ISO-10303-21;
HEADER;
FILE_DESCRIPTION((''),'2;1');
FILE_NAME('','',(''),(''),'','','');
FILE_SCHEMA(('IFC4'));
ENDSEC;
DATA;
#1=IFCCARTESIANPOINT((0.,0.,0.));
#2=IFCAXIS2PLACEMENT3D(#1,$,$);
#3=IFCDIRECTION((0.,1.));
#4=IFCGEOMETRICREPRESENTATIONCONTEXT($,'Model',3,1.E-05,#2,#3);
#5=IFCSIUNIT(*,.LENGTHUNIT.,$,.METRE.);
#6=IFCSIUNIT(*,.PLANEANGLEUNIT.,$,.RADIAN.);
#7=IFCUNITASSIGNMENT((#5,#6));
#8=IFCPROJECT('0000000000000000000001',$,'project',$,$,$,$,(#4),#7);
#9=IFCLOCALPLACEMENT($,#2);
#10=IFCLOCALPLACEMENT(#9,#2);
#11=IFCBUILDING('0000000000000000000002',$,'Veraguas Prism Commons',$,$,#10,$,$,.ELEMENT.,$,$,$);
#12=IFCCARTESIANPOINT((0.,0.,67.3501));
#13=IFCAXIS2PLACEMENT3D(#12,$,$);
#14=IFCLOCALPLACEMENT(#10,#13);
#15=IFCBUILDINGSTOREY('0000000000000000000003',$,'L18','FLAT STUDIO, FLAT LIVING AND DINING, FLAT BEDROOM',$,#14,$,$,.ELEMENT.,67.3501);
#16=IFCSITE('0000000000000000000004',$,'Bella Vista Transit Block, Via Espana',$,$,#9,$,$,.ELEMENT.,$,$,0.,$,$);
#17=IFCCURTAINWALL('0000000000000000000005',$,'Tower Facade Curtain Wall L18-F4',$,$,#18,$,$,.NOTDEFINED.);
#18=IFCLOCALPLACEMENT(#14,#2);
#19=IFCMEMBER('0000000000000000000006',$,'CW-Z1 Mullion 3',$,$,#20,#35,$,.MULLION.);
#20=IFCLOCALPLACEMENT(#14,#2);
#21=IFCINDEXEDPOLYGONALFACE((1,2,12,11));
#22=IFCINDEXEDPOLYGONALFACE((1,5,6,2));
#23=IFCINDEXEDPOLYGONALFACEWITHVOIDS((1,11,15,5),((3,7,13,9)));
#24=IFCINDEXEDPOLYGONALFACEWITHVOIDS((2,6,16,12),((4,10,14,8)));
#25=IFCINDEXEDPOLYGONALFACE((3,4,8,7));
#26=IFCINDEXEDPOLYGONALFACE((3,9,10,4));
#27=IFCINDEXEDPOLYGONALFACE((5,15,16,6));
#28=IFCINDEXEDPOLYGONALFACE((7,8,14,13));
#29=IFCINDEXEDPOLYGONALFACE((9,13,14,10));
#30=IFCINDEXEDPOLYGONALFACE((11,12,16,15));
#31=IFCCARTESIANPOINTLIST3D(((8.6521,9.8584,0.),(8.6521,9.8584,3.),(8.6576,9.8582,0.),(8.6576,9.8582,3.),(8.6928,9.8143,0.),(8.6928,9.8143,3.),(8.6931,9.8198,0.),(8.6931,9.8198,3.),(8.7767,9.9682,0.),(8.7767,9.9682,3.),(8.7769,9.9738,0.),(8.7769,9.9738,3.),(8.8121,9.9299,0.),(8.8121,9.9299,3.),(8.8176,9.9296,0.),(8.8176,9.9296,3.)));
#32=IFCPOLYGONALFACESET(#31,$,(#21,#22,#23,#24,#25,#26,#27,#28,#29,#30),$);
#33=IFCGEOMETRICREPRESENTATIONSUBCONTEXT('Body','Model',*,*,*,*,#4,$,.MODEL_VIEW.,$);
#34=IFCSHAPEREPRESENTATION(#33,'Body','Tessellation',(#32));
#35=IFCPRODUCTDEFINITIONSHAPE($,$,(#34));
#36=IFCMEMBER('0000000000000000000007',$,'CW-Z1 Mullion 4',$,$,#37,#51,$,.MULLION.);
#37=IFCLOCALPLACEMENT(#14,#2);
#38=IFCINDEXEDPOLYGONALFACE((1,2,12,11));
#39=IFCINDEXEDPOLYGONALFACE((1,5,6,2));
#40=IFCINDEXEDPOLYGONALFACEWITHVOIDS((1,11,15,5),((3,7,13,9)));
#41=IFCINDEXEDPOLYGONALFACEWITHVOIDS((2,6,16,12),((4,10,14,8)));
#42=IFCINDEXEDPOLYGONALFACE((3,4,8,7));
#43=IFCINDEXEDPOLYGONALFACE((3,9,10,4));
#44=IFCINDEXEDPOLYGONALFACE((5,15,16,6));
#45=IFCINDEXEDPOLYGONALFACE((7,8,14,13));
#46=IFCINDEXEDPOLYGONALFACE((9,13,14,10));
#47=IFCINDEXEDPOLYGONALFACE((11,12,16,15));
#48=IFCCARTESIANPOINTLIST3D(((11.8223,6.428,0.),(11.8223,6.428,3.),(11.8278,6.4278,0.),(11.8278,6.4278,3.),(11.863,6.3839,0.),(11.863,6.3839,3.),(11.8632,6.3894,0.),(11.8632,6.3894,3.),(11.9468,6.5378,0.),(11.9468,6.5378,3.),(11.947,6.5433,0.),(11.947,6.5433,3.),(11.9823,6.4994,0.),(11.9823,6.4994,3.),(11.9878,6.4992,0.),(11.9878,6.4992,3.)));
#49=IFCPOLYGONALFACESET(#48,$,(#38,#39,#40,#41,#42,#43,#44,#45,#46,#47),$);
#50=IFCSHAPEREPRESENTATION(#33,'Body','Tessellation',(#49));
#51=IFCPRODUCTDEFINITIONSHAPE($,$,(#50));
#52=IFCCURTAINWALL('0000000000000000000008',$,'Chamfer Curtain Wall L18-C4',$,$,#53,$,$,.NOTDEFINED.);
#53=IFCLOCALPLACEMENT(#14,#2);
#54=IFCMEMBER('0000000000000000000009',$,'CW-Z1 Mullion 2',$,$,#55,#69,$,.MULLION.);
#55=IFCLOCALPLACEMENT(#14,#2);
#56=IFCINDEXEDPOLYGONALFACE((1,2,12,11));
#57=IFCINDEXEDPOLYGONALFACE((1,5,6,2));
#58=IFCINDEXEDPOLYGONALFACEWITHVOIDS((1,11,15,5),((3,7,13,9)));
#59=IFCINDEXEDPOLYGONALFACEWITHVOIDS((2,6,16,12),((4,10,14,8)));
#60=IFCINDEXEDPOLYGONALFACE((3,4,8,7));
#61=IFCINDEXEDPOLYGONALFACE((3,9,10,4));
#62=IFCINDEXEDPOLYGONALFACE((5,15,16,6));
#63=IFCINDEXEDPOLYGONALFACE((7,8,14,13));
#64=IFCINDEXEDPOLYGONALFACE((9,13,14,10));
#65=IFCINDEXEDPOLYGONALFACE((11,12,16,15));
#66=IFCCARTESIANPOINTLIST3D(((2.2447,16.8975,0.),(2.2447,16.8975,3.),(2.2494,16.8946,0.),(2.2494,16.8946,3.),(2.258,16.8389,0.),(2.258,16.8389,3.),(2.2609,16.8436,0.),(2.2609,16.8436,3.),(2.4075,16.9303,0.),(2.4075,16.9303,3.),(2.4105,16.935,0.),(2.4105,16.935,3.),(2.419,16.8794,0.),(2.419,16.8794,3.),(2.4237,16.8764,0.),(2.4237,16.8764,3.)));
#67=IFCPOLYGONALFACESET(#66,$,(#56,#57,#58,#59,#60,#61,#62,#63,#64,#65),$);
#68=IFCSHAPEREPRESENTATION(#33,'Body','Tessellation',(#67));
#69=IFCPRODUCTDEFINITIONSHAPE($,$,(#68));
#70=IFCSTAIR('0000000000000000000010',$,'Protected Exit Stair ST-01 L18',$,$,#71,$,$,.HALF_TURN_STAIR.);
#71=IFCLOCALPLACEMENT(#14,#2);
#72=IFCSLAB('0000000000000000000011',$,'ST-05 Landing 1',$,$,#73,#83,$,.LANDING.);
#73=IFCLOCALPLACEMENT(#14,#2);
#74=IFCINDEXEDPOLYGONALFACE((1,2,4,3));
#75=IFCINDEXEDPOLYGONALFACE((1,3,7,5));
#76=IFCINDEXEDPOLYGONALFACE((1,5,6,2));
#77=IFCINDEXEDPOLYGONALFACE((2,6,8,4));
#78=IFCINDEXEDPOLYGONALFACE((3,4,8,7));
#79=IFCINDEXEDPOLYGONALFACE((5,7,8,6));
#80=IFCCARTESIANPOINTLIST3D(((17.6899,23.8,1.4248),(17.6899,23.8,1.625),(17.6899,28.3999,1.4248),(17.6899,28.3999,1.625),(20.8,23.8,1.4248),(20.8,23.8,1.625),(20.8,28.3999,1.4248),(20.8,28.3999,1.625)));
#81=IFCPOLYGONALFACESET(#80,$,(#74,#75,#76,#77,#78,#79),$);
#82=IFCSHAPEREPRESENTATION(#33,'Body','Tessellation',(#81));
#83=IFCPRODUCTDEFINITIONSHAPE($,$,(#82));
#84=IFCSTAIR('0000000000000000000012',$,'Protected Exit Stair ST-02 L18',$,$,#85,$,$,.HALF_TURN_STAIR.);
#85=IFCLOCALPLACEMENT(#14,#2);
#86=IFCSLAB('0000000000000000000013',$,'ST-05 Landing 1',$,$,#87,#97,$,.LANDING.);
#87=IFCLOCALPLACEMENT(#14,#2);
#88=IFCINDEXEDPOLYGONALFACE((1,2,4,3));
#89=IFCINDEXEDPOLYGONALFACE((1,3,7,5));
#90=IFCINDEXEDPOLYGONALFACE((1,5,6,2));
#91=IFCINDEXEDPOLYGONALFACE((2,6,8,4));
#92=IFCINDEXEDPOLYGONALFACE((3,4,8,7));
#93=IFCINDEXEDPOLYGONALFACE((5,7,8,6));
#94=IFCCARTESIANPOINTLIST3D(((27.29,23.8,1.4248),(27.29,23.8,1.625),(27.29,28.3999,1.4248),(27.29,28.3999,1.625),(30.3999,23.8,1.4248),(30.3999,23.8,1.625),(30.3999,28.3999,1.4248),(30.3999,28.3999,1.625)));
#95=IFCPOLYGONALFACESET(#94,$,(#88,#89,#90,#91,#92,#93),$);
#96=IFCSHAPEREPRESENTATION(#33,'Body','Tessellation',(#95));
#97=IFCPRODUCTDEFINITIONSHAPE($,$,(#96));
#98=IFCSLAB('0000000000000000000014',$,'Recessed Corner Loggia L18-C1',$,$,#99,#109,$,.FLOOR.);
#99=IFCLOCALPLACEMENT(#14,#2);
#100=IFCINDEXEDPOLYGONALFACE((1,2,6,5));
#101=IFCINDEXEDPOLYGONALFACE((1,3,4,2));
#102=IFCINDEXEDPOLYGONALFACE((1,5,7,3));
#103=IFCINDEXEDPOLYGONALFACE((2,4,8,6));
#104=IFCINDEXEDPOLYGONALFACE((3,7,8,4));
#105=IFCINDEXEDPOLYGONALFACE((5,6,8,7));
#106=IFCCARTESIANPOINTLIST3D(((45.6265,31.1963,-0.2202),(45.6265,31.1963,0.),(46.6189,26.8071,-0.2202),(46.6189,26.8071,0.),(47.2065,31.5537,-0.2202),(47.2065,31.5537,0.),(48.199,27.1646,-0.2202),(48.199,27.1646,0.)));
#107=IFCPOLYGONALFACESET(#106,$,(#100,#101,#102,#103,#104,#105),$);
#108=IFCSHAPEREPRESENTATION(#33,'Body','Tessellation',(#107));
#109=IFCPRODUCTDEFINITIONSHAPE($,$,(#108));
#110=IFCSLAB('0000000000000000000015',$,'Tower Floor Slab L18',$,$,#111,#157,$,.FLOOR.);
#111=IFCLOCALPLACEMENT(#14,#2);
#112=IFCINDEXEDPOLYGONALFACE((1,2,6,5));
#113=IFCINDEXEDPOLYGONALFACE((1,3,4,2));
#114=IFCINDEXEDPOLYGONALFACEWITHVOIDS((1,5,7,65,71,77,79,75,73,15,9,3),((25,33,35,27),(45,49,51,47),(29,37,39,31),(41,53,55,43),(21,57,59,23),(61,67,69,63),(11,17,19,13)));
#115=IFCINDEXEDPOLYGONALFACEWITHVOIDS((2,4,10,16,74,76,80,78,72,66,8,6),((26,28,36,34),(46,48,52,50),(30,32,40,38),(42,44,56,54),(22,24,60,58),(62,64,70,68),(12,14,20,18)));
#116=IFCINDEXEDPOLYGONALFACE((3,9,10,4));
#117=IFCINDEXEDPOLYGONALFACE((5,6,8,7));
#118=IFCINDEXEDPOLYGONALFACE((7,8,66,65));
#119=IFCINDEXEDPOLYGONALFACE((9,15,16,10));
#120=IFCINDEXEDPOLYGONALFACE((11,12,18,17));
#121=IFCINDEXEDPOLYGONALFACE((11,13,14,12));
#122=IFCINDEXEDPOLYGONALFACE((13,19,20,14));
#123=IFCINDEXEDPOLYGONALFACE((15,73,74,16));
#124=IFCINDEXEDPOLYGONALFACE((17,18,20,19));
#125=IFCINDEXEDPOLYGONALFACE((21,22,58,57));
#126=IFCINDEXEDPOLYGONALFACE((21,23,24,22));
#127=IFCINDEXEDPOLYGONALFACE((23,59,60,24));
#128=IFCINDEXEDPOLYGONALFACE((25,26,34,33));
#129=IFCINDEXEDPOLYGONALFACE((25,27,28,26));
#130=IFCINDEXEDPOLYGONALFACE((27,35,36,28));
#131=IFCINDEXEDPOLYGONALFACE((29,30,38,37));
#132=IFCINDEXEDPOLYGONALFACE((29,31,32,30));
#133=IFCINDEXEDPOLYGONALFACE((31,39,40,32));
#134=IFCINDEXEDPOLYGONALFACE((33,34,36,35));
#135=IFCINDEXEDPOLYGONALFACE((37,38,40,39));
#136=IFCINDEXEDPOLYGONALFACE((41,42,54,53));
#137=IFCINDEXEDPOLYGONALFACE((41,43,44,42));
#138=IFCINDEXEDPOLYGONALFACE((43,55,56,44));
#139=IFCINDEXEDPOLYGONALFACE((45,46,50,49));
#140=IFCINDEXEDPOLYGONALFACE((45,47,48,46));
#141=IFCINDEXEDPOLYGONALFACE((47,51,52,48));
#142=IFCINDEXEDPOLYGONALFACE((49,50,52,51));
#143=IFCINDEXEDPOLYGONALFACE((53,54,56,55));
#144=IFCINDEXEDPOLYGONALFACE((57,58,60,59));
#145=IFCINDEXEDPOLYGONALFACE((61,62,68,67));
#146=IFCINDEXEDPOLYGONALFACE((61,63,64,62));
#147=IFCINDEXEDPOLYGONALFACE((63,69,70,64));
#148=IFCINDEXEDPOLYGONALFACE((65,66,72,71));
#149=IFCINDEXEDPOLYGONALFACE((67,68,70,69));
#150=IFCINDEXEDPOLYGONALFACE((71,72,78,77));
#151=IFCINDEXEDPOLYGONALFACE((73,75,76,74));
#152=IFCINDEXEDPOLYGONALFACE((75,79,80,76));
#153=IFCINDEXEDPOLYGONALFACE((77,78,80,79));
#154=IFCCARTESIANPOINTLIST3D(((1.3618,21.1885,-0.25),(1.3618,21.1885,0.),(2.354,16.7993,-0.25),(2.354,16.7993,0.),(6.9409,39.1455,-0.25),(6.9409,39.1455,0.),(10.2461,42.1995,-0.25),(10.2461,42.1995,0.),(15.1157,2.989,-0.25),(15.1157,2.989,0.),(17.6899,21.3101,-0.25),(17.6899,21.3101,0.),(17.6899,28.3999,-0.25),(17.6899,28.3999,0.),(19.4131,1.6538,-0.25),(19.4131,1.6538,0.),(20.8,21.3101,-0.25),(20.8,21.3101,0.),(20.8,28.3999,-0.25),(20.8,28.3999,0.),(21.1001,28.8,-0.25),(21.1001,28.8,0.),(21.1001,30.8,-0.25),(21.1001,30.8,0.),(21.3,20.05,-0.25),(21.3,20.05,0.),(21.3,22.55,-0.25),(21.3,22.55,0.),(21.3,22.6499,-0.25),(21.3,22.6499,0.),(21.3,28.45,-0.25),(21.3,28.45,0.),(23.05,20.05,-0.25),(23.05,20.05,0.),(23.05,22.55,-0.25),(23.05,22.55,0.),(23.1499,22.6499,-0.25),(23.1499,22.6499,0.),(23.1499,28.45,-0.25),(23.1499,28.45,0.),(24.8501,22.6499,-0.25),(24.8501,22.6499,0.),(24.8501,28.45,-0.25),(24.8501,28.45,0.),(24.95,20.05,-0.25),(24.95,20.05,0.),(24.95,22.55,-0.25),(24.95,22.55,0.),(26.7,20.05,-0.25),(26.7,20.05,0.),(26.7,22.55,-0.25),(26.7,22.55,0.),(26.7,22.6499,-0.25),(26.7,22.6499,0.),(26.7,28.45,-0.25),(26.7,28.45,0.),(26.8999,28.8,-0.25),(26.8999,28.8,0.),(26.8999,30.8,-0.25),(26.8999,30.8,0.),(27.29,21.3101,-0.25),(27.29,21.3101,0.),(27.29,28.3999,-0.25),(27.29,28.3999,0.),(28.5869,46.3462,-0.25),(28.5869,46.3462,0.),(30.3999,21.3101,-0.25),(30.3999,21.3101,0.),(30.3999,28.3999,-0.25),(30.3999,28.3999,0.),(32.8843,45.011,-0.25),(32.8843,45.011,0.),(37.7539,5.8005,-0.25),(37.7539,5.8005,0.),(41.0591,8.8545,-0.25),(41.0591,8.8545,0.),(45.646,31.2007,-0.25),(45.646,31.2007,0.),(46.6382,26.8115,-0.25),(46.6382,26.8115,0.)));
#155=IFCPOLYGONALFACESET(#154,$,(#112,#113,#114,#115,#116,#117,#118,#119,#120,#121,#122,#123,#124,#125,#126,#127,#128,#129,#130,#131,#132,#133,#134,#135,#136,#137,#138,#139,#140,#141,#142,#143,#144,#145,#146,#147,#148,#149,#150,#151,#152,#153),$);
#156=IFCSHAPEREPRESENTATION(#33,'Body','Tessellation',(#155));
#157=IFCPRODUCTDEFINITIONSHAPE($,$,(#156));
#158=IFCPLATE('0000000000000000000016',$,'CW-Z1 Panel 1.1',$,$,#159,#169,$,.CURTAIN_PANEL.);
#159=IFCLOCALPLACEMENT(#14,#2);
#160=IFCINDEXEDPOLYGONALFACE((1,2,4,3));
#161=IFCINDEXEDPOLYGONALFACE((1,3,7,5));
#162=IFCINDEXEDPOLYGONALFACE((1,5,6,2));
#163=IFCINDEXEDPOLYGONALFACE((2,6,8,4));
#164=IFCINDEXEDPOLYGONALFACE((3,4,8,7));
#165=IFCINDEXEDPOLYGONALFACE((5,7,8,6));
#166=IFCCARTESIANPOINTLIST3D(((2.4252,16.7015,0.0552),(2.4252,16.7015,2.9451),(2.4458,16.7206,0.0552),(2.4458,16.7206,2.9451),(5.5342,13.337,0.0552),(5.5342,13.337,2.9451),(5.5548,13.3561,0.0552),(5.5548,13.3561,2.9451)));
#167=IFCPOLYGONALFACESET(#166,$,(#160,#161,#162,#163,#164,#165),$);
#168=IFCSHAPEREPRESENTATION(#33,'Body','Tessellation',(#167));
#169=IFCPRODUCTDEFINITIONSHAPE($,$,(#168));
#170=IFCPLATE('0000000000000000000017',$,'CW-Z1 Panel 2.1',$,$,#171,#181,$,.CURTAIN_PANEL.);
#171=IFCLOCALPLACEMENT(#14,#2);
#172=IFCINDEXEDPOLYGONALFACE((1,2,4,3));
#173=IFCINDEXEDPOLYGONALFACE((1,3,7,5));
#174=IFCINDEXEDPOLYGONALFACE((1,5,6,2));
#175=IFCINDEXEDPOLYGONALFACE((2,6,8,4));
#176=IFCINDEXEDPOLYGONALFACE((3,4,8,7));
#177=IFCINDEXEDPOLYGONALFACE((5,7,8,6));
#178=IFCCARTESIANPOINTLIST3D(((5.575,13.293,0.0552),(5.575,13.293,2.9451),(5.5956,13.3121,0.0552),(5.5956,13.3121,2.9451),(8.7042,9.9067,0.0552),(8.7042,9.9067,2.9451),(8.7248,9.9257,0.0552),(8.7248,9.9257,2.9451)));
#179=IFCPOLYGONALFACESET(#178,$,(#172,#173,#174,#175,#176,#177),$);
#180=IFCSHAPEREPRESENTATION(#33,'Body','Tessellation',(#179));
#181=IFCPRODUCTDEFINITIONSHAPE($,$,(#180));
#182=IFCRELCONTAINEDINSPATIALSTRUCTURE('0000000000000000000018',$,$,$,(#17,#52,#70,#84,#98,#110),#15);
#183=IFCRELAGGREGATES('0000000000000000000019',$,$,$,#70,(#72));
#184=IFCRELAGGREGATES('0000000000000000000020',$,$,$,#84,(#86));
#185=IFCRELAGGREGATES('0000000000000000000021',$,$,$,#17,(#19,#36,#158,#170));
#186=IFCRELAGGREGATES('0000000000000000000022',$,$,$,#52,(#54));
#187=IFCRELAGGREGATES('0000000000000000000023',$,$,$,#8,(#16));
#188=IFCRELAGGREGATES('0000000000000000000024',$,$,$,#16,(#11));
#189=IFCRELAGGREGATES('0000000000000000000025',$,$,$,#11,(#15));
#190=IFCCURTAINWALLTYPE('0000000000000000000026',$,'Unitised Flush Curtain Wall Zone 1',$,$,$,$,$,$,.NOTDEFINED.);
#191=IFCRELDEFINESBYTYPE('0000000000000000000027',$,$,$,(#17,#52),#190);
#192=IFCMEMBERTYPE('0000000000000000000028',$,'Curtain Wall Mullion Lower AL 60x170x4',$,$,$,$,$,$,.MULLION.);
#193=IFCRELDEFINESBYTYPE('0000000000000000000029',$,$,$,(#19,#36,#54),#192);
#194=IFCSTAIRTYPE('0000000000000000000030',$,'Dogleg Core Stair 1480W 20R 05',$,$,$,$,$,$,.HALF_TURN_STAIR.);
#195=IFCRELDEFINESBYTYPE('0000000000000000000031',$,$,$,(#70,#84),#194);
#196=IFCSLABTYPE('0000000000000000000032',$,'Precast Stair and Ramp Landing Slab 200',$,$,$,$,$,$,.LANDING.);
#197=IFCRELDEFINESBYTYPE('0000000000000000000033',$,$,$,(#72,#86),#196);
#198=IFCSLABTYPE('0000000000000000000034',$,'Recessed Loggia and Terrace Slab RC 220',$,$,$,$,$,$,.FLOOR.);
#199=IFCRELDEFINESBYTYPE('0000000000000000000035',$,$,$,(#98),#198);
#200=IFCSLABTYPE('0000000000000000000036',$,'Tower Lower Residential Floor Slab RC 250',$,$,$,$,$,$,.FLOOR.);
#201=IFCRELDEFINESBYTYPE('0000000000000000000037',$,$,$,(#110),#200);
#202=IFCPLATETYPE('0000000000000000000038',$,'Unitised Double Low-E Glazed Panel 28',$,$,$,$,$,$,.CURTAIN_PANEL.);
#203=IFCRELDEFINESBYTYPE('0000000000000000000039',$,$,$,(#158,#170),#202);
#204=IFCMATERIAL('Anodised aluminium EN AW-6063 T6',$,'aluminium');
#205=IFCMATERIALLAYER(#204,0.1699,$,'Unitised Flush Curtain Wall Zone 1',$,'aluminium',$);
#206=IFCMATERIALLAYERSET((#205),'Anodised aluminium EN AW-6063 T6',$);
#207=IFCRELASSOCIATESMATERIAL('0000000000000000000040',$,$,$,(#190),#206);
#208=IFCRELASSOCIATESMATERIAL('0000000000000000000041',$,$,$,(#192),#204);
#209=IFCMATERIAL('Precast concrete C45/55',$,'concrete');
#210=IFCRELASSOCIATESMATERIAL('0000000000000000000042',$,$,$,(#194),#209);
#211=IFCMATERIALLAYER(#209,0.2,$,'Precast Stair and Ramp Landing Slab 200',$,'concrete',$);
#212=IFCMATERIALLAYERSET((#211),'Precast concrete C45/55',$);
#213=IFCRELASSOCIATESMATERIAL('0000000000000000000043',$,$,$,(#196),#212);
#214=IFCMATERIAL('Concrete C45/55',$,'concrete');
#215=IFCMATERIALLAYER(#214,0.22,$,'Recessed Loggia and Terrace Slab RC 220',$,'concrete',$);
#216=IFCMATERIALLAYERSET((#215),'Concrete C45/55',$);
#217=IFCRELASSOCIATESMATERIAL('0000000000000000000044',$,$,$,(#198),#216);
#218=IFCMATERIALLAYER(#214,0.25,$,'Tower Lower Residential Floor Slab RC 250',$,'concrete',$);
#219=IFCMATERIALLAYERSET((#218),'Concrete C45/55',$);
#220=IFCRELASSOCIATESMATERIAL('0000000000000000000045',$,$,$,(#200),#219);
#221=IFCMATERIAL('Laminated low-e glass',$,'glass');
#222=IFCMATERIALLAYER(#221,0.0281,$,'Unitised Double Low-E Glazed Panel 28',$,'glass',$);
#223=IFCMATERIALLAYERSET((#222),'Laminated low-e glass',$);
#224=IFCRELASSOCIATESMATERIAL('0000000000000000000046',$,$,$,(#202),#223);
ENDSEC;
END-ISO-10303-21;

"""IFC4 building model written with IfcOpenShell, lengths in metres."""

from ifc_helpers import new_model, si_unit, direction, frame, origin, origin_2d, place, context, subcontext, project, spatial, polyline, rectangle, hollow_rectangle, outline, extrude, source, transform, mapped, material, layer, layer_set, material_profile, profile_set, type_object, element, aggregate, save


model = new_model("IFC4")

# Units and contexts
model_context = context("Model", 3, precision=1e-05, world=origin(), true_north=direction((0.0, 1.0)))
body_context = subcontext(model_context, "Body", "Model", "MODEL_VIEW")
ifc_project = project(units=[si_unit("LENGTHUNIT", "METRE"), si_unit("PLANEANGLEUNIT", "RADIAN")], contexts=[model_context])

# Site, building, storey
site_placement = place(None, origin())
site = spatial("IfcSite", under=ifc_project, at=site_placement, Name="Bella Vista Transit Block, Via Espana", CompositionType="ELEMENT", RefElevation=0.0)
building_placement = place(site_placement, origin())
building = spatial("IfcBuilding", under=site, at=building_placement, Name="Veraguas Prism Commons", CompositionType="ELEMENT")
storey_placement = place(building_placement, frame((0.0, 0.0, 67.3501)))
storey = spatial("IfcBuildingStorey", under=building, at=storey_placement, Name="L18", Description="FLAT STUDIO, FLAT LIVING AND DINING, FLAT BEDROOM", CompositionType="ELEMENT", Elevation=67.3501)

# Curtain wall, members
ifc_material_1 = material(Name="Anodised aluminium EN AW-6063 T6", Category="aluminium")
ifc_layer_1 = layer(ifc_material_1, 0.1699, Name="Unitised Flush Curtain Wall Zone 1", Category="aluminium")
ifc_layer_set_1 = layer_set([ifc_layer_1], Name="Anodised aluminium EN AW-6063 T6")
curtain_wall_type = type_object("IfcCurtainWallType", Name="Unitised Flush Curtain Wall Zone 1", PredefinedType="NOTDEFINED", material=ifc_layer_set_1)
curtain_wall_1_placement = place(storey_placement, origin())
curtain_wall_1 = element("IfcCurtainWall", 1, at=curtain_wall_1_placement, inside=storey, type_object=curtain_wall_type, Name="Tower Facade Curtain Wall L18-F4", PredefinedType="NOTDEFINED")
ifc_material_profile_1 = material_profile(ifc_material_1, hollow_rectangle(XDim=0.0601, YDim=0.1699, WallThickness=0.0039, at=origin_2d()), Name="AL60X170X4")
ifc_profile_set_1 = profile_set([ifc_material_profile_1], Name="Anodised aluminium EN AW-6063 T6")
member_type_1 = type_object("IfcMemberType", Name="Curtain Wall Mullion Lower AL 60x170x4", PredefinedType="MULLION", material=ifc_profile_set_1)
shared_shape_1 = source(origin(), body_context, "Body", "SweptSolid", [
    extrude(hollow_rectangle(XDim=0.0601, YDim=0.1699, WallThickness=0.0039, at=origin_2d()), origin(), (0.0, 0.0, 1.0), 3.0),
])
member_1_placement = place(storey_placement, frame((8.7349, 9.894, 0.0), z_axis=(0.0, 0.0, 1.0), x_axis=(0.678678, -0.734436, 0.0)))
member_1 = element("IfcMember", 2, at=member_1_placement, type_object=member_type_1, Name="CW-Z1 Mullion 3", PredefinedType="MULLION", context=body_context, shape_type="MappedRepresentation", body=[
    mapped(shared_shape_1, transform((0.0, 0.0, 0.0), scale=1.0)),
])
member_2_placement = place(storey_placement, frame((11.905, 6.4636, 0.0), z_axis=(0.0, 0.0, 1.0), x_axis=(0.678678, -0.734436, 0.0)))
member_2 = element("IfcMember", 3, at=member_2_placement, type_object=member_type_1, Name="CW-Z1 Mullion 4", PredefinedType="MULLION", context=body_context, shape_type="MappedRepresentation", body=[
    mapped(shared_shape_1, transform((0.0, 0.0, 0.0), scale=1.0)),
])

# Curtain wall, member
curtain_wall_2_placement = place(storey_placement, origin())
curtain_wall_2 = element("IfcCurtainWall", 4, at=curtain_wall_2_placement, inside=storey, type_object=curtain_wall_type, Name="Chamfer Curtain Wall L18-C4", PredefinedType="NOTDEFINED")
member_3_placement = place(storey_placement, frame((2.3342, 16.887, 0.0), z_axis=(0.0, 0.0, 1.0), x_axis=(0.220546, -0.975377, 0.0)))
member_3 = element("IfcMember", 5, at=member_3_placement, type_object=member_type_1, Name="CW-Z1 Mullion 2", PredefinedType="MULLION", context=body_context, shape_type="MappedRepresentation", body=[
    mapped(shared_shape_1, transform((0.0, 0.0, 0.0), scale=1.0)),
])

# Stairs, slabs
ifc_material_2 = material(Name="Precast concrete C45/55", Category="concrete")
stair_type = type_object("IfcStairType", Name="Dogleg Core Stair 1480W 20R 05", PredefinedType="HALF_TURN_STAIR", material=ifc_material_2)
stair_1_placement = place(storey_placement, origin())
stair_1 = element("IfcStair", 6, at=stair_1_placement, inside=storey, type_object=stair_type, Name="Protected Exit Stair ST-01 L18", PredefinedType="HALF_TURN_STAIR")
ifc_layer_2 = layer(ifc_material_2, 0.2, Name="Precast Stair and Ramp Landing Slab 200", Category="concrete")
ifc_layer_set_2 = layer_set([ifc_layer_2], Name="Precast concrete C45/55")
slab_type_1 = type_object("IfcSlabType", Name="Precast Stair and Ramp Landing Slab 200", PredefinedType="LANDING", material=ifc_layer_set_2)
slab_1_placement = place(storey_placement, frame((0.0, 0.0, 1.4248)))
slab_1 = element("IfcSlab", 7, at=slab_1_placement, type_object=slab_type_1, Name="ST-05 Landing 1", PredefinedType="LANDING", context=body_context, shape_type="SweptSolid", body=[
    extrude(outline(polyline([(20.8, 23.8), (20.8, 28.3999), (17.6899, 28.3999), (17.6899, 23.8), (20.8, 23.8)])), origin(), (0.0, 0.0, 1.0), 0.2002),
])
aggregate(stair_1, [slab_1])
stair_2_placement = place(storey_placement, origin())
stair_2 = element("IfcStair", 8, at=stair_2_placement, inside=storey, type_object=stair_type, Name="Protected Exit Stair ST-02 L18", PredefinedType="HALF_TURN_STAIR")
slab_2_placement = place(storey_placement, frame((0.0, 0.0, 1.4248)))
slab_2 = element("IfcSlab", 9, at=slab_2_placement, type_object=slab_type_1, Name="ST-05 Landing 1", PredefinedType="LANDING", context=body_context, shape_type="SweptSolid", body=[
    extrude(outline(polyline([(30.3999, 23.8), (30.3999, 28.3999), (27.29, 28.3999), (27.29, 23.8), (30.3999, 23.8)])), origin(), (0.0, 0.0, 1.0), 0.2002),
])
aggregate(stair_2, [slab_2])

# Slabs
ifc_material_3 = material(Name="Concrete C45/55", Category="concrete")
ifc_layer_3 = layer(ifc_material_3, 0.22, Name="Recessed Loggia and Terrace Slab RC 220", Category="concrete")
ifc_layer_set_3 = layer_set([ifc_layer_3], Name="Concrete C45/55")
slab_type_2 = type_object("IfcSlabType", Name="Recessed Loggia and Terrace Slab RC 220", PredefinedType="FLOOR", material=ifc_layer_set_3)
slab_3_placement = place(storey_placement, frame((0.0, 0.0, -0.2202)))
element("IfcSlab", 10, at=slab_3_placement, inside=storey, type_object=slab_type_2, Name="Recessed Corner Loggia L18-C1", PredefinedType="FLOOR", context=body_context, shape_type="SweptSolid", body=[
    extrude(outline(polyline([(46.6189, 26.8071), (48.199, 27.1646), (47.2065, 31.5537), (45.6265, 31.1963), (46.6189, 26.8071)])), origin(), (0.0, 0.0, 1.0), 0.2202),
])
ifc_layer_4 = layer(ifc_material_3, 0.25, Name="Tower Lower Residential Floor Slab RC 250", Category="concrete")
ifc_layer_set_4 = layer_set([ifc_layer_4], Name="Concrete C45/55")
slab_type_3 = type_object("IfcSlabType", Name="Tower Lower Residential Floor Slab RC 250", PredefinedType="FLOOR", material=ifc_layer_set_4)
slab_4_placement = place(storey_placement, frame((0.0, 0.0, -0.25)))
element("IfcSlab", 11, at=slab_4_placement, inside=storey, type_object=slab_type_3, Name="Tower Floor Slab L18", PredefinedType="FLOOR", context=body_context, shape_type="SweptSolid", body=[
    extrude(outline(polyline([(46.6382, 26.8115), (45.646, 31.2007), (32.8843, 45.011), (28.5869, 46.3462), (10.2461, 42.1995), (6.9409, 39.1455), (1.3618, 21.1885), (2.354, 16.7993), (15.1157, 2.989), (19.4131, 1.6538), (37.7539, 5.8005), (41.0591, 8.8545), (46.6382, 26.8115)]), holes=[polyline([(20.8, 21.3101), (20.8, 28.3999), (17.6899, 28.3999), (17.6899, 21.3101), (20.8, 21.3101)]), polyline([(30.3999, 21.3101), (30.3999, 28.3999), (27.29, 28.3999), (27.29, 21.3101), (30.3999, 21.3101)]), polyline([(21.3, 22.6499), (23.1499, 22.6499), (23.1499, 28.45), (21.3, 28.45), (21.3, 22.6499)]), polyline([(24.8501, 22.6499), (26.7, 22.6499), (26.7, 28.45), (24.8501, 28.45), (24.8501, 22.6499)]), polyline([(21.1001, 28.8), (26.8999, 28.8), (26.8999, 30.8), (21.1001, 30.8), (21.1001, 28.8)]), polyline([(21.3, 20.05), (23.05, 20.05), (23.05, 22.55), (21.3, 22.55), (21.3, 20.05)]), polyline([(24.95, 20.05), (26.7, 20.05), (26.7, 22.55), (24.95, 22.55), (24.95, 20.05)])]), origin(), (0.0, 0.0, 1.0), 0.25),
])

# Plates
ifc_material_4 = material(Name="Laminated low-e glass", Category="glass")
ifc_layer_5 = layer(ifc_material_4, 0.0281, Name="Unitised Double Low-E Glazed Panel 28", Category="glass")
ifc_layer_set_5 = layer_set([ifc_layer_5], Name="Laminated low-e glass")
plate_type = type_object("IfcPlateType", Name="Unitised Double Low-E Glazed Panel 28", PredefinedType="CURTAIN_PANEL", material=ifc_layer_set_5)
shared_shape_2 = source(origin(), body_context, "Body", "SweptSolid", [
    extrude(rectangle(XDim=4.5811, YDim=0.0281, at=origin_2d()), origin(), (0.0, 0.0, 1.0), 2.8899),
])
plate_1_placement = place(storey_placement, frame((3.99, 15.0288, 0.0552), z_axis=(0.0, 0.0, 1.0), x_axis=(0.678678, -0.734436, 0.0)))
plate_1 = element("IfcPlate", 12, at=plate_1_placement, type_object=plate_type, Name="CW-Z1 Panel 1.1", PredefinedType="CURTAIN_PANEL", context=body_context, shape_type="MappedRepresentation", body=[
    mapped(shared_shape_2, transform((0.0, 0.0, 0.0), scale=1.0)),
])
shared_shape_3 = source(origin(), body_context, "Body", "SweptSolid", [
    extrude(rectangle(XDim=4.6108, YDim=0.0281, at=origin_2d()), origin(), (0.0, 0.0, 1.0), 2.8899),
])
plate_2_placement = place(storey_placement, frame((7.1499, 11.6094, 0.0552), z_axis=(0.0, 0.0, 1.0), x_axis=(0.678678, -0.734436, 0.0)))
plate_2 = element("IfcPlate", 13, at=plate_2_placement, type_object=plate_type, Name="CW-Z1 Panel 2.1", PredefinedType="CURTAIN_PANEL", context=body_context, shape_type="MappedRepresentation", body=[
    mapped(shared_shape_3, transform((0.0, 0.0, 0.0), scale=1.0)),
])
aggregate(curtain_wall_1, [member_1, member_2, plate_1, plate_2])
aggregate(curtain_wall_2, [member_3])

save(model, "model.ifc")
